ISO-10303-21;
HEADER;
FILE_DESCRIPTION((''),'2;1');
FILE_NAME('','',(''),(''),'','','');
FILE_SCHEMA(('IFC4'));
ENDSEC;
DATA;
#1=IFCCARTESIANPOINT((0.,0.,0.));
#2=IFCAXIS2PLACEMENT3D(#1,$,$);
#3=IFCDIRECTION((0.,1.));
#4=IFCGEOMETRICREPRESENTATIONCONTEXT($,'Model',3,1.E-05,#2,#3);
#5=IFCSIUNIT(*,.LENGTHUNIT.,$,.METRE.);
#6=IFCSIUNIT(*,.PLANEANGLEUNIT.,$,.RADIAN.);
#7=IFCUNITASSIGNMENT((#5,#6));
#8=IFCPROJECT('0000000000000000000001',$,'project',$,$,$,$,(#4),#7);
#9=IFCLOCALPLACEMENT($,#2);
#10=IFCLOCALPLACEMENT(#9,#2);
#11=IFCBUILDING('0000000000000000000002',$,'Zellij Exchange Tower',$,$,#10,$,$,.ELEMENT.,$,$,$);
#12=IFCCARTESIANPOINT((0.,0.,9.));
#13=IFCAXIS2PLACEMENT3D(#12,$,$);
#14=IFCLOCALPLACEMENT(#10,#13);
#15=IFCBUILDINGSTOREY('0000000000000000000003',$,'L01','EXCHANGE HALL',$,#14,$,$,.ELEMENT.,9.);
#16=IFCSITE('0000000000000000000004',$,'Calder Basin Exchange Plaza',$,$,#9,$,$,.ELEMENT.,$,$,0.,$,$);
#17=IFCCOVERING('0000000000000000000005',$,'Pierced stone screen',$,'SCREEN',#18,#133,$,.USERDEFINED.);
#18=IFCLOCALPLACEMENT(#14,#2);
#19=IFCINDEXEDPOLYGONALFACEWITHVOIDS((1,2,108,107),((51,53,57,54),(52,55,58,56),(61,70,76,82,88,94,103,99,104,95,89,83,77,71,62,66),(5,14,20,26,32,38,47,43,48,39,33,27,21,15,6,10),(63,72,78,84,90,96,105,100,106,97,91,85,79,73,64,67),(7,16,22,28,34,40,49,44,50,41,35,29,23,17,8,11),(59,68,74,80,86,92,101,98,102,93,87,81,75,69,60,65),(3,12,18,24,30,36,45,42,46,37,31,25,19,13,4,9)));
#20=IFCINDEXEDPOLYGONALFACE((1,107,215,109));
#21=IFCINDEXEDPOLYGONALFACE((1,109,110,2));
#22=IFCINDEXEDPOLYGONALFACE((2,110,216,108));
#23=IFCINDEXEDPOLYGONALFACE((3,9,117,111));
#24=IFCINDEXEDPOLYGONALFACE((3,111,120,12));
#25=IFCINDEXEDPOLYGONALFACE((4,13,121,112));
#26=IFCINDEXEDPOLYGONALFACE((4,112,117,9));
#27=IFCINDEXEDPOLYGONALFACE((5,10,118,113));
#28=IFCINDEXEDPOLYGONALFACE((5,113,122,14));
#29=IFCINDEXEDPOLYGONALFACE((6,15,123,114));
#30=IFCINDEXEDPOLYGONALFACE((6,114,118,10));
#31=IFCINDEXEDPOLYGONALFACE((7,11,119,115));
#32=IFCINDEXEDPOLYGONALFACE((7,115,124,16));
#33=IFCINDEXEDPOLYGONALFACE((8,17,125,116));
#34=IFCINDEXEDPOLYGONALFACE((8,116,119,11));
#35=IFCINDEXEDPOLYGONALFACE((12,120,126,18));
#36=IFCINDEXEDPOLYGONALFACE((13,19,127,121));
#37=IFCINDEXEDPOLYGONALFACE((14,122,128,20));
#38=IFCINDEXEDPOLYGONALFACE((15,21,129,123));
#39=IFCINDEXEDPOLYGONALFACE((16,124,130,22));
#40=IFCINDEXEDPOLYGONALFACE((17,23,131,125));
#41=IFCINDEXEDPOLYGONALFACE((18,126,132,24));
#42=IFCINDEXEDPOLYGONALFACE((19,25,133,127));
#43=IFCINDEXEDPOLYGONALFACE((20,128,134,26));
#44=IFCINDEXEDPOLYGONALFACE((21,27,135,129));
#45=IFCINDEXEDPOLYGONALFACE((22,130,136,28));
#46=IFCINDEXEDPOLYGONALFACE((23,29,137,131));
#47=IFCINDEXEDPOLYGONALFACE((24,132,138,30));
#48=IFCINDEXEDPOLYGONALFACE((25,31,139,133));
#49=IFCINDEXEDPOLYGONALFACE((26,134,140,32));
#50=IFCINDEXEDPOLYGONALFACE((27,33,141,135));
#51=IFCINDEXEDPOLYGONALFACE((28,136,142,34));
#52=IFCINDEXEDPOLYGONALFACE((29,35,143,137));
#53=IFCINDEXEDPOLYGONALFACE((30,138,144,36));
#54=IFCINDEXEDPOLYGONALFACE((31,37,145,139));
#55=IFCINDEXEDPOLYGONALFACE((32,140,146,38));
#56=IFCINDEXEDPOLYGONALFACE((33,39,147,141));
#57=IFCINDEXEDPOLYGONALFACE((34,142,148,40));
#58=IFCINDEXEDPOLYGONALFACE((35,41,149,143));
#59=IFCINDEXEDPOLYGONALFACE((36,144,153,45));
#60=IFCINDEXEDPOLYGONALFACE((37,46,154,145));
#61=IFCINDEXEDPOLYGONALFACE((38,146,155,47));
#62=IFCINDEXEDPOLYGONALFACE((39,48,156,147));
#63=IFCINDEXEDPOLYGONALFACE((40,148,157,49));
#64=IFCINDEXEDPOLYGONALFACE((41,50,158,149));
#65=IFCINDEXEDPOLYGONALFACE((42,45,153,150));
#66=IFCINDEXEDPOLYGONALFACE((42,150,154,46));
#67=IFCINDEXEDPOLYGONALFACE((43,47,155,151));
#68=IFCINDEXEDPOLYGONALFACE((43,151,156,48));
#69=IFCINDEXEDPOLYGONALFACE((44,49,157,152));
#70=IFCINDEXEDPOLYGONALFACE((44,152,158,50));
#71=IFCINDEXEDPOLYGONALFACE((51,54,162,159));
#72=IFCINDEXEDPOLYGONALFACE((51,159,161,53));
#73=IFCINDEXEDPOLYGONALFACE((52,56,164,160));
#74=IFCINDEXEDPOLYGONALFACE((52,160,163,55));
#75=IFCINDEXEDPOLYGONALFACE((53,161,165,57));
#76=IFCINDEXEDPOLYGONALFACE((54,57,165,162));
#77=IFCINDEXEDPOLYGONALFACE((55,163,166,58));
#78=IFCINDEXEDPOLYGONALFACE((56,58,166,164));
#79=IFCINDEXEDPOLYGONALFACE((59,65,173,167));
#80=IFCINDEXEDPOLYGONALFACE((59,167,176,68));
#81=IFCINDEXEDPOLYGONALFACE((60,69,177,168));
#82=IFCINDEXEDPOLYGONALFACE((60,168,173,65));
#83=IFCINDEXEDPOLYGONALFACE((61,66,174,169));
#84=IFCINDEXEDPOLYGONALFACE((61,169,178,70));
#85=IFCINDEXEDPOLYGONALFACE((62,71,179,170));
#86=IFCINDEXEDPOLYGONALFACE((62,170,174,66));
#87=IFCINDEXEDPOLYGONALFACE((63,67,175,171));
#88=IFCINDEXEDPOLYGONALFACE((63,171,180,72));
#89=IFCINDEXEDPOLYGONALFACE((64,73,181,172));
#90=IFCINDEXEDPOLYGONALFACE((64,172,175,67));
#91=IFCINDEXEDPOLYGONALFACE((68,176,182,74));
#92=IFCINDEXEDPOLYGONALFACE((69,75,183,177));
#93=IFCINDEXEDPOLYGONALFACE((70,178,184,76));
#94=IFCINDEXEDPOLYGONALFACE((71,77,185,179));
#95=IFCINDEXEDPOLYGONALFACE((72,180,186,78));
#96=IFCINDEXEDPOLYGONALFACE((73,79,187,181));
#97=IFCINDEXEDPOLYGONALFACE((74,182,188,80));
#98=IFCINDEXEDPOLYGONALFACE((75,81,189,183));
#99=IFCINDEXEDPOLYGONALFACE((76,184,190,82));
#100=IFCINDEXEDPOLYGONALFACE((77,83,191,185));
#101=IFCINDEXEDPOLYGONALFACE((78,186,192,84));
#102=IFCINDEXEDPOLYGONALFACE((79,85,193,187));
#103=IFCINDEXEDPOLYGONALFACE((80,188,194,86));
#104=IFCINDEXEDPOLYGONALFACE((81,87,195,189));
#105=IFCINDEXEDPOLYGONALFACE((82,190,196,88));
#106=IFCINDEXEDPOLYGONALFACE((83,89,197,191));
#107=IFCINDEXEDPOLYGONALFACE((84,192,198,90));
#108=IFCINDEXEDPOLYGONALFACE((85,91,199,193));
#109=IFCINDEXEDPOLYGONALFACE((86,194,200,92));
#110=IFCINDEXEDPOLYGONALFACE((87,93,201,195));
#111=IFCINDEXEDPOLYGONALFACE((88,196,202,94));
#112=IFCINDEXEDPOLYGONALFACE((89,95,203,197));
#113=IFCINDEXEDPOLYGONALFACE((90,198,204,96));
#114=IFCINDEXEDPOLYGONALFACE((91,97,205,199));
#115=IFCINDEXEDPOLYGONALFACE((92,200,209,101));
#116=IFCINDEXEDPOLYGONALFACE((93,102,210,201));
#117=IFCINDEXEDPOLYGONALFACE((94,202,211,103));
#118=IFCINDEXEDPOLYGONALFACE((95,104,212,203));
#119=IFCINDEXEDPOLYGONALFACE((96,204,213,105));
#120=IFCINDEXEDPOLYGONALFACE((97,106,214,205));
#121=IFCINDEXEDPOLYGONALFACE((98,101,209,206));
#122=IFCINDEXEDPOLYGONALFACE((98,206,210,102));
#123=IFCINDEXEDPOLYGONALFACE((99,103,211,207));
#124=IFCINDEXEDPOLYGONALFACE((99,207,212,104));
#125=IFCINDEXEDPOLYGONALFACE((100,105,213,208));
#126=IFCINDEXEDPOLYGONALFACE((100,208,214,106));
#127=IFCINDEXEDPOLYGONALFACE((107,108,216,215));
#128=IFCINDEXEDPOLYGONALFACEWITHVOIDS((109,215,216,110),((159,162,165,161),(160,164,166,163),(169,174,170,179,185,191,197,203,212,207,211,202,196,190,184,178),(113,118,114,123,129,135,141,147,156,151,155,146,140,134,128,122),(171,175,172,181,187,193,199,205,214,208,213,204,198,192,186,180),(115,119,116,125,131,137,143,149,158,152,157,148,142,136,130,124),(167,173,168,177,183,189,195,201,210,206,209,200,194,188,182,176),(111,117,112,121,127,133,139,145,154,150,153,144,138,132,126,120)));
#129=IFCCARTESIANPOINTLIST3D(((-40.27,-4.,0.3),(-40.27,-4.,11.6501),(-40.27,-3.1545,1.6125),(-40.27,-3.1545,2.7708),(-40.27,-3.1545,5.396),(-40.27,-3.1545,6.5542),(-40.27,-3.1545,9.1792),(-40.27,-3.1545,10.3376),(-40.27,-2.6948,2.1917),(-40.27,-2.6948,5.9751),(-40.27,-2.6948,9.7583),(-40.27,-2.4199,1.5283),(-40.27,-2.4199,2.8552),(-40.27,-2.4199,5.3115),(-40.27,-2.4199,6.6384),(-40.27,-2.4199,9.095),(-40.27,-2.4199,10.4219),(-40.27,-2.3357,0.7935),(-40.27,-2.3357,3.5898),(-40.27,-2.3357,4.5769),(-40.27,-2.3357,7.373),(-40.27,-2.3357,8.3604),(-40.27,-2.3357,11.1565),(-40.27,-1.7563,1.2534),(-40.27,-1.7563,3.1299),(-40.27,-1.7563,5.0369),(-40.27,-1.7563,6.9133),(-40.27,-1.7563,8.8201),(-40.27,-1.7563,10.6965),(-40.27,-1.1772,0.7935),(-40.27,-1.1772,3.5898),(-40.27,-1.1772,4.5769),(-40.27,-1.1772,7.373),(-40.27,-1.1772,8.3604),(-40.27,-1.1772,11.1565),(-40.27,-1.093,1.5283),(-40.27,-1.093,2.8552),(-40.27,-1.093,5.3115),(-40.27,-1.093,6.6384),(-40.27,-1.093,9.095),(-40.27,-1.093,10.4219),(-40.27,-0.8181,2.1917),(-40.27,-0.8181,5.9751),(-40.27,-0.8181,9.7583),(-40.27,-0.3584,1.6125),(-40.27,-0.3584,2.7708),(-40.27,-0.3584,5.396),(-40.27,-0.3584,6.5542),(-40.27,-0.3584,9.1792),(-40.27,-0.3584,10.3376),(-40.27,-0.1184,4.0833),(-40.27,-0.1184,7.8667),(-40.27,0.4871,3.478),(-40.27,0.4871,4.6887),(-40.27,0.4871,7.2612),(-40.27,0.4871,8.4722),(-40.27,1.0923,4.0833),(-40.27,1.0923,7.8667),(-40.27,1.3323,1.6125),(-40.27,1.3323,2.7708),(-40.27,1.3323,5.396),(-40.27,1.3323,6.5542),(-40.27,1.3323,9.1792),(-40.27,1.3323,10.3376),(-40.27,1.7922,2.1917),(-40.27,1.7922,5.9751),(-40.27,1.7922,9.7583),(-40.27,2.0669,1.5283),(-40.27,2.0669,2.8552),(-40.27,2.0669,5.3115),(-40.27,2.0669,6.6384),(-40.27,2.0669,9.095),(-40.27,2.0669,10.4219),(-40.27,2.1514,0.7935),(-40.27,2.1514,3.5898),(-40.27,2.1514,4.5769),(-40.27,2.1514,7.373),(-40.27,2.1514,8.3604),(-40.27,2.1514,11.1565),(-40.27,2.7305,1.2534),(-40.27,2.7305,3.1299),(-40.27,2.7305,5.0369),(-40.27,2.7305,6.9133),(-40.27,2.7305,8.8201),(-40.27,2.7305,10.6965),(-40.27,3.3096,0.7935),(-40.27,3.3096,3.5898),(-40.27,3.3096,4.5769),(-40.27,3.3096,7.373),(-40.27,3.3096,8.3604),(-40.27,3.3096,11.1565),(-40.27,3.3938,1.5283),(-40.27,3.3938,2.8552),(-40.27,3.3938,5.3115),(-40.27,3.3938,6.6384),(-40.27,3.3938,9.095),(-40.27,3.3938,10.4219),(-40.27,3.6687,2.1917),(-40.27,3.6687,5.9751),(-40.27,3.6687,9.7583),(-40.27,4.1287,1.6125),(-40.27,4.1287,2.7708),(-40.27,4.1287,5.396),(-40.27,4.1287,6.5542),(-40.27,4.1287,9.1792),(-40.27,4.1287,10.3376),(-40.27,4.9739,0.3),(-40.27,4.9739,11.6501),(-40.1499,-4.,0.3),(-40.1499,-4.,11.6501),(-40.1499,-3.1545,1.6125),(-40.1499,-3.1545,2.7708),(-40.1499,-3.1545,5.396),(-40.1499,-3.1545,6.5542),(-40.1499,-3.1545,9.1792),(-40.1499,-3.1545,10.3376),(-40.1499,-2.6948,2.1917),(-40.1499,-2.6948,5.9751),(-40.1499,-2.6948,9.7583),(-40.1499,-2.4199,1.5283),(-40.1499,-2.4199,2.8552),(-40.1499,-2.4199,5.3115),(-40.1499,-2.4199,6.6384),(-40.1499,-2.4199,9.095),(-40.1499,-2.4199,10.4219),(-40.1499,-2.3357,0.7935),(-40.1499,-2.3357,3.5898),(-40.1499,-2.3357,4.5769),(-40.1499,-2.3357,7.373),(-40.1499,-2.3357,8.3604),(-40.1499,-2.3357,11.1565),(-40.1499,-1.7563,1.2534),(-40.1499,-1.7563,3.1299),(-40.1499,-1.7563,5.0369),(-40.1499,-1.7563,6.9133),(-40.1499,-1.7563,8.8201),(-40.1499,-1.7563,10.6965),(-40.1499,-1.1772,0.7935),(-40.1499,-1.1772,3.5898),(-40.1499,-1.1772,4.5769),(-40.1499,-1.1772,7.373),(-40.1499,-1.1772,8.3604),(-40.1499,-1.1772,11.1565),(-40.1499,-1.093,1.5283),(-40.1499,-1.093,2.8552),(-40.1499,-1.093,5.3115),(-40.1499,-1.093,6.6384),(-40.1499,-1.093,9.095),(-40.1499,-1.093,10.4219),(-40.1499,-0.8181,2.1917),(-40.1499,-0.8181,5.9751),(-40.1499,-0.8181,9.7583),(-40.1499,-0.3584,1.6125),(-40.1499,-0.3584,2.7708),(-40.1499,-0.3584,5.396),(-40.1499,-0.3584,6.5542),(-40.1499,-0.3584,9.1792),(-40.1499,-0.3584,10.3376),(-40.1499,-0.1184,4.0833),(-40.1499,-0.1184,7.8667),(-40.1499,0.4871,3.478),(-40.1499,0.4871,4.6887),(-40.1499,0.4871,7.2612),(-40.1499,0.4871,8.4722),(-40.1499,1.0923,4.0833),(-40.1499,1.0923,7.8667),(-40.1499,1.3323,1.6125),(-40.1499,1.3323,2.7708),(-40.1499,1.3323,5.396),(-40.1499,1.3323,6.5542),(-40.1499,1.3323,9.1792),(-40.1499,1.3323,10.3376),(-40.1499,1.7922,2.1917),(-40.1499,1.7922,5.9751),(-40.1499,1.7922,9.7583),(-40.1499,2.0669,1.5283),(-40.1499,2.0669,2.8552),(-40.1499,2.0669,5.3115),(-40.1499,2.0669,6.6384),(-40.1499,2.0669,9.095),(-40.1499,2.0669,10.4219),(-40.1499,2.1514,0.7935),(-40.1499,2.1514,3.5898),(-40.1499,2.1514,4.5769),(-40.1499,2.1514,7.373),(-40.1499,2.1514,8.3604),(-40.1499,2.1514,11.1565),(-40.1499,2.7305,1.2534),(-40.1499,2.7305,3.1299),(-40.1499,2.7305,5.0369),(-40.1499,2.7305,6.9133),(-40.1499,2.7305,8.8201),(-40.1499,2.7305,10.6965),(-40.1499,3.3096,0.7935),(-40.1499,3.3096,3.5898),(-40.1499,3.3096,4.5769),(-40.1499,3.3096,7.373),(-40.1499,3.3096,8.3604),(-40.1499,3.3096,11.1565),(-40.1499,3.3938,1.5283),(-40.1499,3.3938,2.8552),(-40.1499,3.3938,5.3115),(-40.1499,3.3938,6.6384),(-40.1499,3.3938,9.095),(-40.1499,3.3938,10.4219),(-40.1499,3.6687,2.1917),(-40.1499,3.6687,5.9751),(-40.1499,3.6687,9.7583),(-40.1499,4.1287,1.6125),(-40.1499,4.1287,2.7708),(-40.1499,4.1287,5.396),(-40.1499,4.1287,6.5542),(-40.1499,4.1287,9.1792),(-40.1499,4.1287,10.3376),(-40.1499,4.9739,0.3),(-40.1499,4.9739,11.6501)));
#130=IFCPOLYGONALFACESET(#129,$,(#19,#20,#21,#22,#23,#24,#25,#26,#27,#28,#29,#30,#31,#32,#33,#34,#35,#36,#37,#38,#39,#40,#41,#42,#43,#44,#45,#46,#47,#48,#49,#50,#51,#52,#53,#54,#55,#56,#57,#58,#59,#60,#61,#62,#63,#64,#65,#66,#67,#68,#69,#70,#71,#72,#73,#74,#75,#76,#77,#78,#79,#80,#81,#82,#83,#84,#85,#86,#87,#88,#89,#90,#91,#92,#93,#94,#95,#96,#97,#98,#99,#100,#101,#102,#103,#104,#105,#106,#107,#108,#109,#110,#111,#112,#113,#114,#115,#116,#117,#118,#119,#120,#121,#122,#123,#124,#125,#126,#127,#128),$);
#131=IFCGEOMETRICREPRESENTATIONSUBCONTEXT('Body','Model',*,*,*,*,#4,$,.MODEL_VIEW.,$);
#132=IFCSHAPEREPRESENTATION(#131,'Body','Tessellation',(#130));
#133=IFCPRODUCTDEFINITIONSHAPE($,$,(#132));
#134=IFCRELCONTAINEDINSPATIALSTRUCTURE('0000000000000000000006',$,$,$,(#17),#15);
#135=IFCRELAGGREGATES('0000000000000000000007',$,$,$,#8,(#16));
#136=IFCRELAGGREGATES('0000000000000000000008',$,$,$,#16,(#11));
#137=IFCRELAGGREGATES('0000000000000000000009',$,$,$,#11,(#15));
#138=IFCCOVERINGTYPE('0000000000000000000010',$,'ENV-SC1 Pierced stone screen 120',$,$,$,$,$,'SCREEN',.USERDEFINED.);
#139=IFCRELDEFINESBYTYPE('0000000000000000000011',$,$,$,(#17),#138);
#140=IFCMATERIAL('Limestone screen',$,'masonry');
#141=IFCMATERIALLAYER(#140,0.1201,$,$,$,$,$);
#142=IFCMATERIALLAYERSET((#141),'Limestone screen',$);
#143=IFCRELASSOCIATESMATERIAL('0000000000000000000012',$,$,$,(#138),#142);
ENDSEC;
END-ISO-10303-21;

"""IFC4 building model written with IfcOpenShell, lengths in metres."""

from ifc_helpers import new_model, si_unit, direction, frame, origin, place, context, subcontext, project, spatial, polyline, outline, extrude, material, layer, layer_set, type_object, element, save


model = new_model("IFC4")

# Units and contexts
model_context = context("Model", 3, precision=1e-05, world=origin(), true_north=direction((0.0, 1.0)))
body_context = subcontext(model_context, "Body", "Model", "MODEL_VIEW")
ifc_project = project(units=[si_unit("LENGTHUNIT", "METRE"), si_unit("PLANEANGLEUNIT", "RADIAN")], contexts=[model_context])

# Site, building, storey
site_placement = place(None, origin())
site = spatial("IfcSite", under=ifc_project, at=site_placement, Name="Calder Basin Exchange Plaza", CompositionType="ELEMENT", RefElevation=0.0)
building_placement = place(site_placement, origin())
building = spatial("IfcBuilding", under=site, at=building_placement, Name="Zellij Exchange Tower", CompositionType="ELEMENT")
storey_placement = place(building_placement, frame((0.0, 0.0, 9.0)))
storey = spatial("IfcBuildingStorey", under=building, at=storey_placement, Name="L01", Description="EXCHANGE HALL", CompositionType="ELEMENT", Elevation=9.0)

# Covering
ifc_material_1 = material(Name="Limestone screen", Category="masonry")
ifc_layer_1 = layer(ifc_material_1, 0.1201)
ifc_layer_set_1 = layer_set([ifc_layer_1], Name="Limestone screen")
covering_type = type_object("IfcCoveringType", Name="ENV-SC1 Pierced stone screen 120", ElementType="SCREEN", PredefinedType="USERDEFINED", material=ifc_layer_set_1)
covering_1_placement = place(storey_placement, frame((-40.21, 4.9739, 0.3), z_axis=(0.0, 0.0, 1.0), x_axis=(0.0, -1.0, 0.0)))
element("IfcCovering", 1, at=covering_1_placement, inside=storey, type_object=covering_type, Name="Pierced stone screen", ObjectType="SCREEN", PredefinedType="USERDEFINED", context=body_context, shape_type="SweptSolid", body=[
    extrude(outline(polyline([(0.0, 0.0), (8.9739, 0.0), (8.9739, 11.3501), (0.0, 11.3501), (0.0, 0.0)]), holes=[polyline([(3.6416, 2.4707), (2.907, 2.5552), (2.8225, 3.2898), (2.2434, 2.8298), (1.6643, 3.2898), (1.5801, 2.5552), (0.8452, 2.4707), (1.3052, 1.8916), (0.8452, 1.3125), (1.5801, 1.2283), (1.6643, 0.4934), (2.2434, 0.9534), (2.8225, 0.4934), (2.907, 1.2283), (3.6416, 1.3125), (3.1816, 1.8916), (3.6416, 2.4707)]), polyline([(3.6416, 6.2542), (2.907, 6.3384), (2.8225, 7.073), (2.2434, 6.6133), (1.6643, 7.073), (1.5801, 6.3384), (0.8452, 6.2542), (1.3052, 5.675), (0.8452, 5.0959), (1.5801, 5.0115), (1.6643, 4.2769), (2.2434, 4.7368), (2.8225, 4.2769), (2.907, 5.0115), (3.6416, 5.0959), (3.1816, 5.675), (3.6416, 6.2542)]), polyline([(3.6416, 10.0376), (2.907, 10.1218), (2.8225, 10.8564), (2.2434, 10.3965), (1.6643, 10.8564), (1.5801, 10.1218), (0.8452, 10.0376), (1.3052, 9.4583), (0.8452, 8.8792), (1.5801, 8.7949), (1.6643, 8.0603), (2.2434, 8.52), (2.8225, 8.0603), (2.907, 8.7949), (3.6416, 8.8792), (3.1816, 9.4583), (3.6416, 10.0376)]), polyline([(8.1284, 2.4707), (7.3938, 2.5552), (7.3096, 3.2898), (6.7302, 2.8298), (6.1511, 3.2898), (6.0669, 2.5552), (5.3323, 2.4707), (5.792, 1.8916), (5.3323, 1.3125), (6.0669, 1.2283), (6.1511, 0.4934), (6.7302, 0.9534), (7.3096, 0.4934), (7.3938, 1.2283), (8.1284, 1.3125), (7.6687, 1.8916), (8.1284, 2.4707)]), polyline([(8.1284, 6.2542), (7.3938, 6.3384), (7.3096, 7.073), (6.7302, 6.6133), (6.1511, 7.073), (6.0669, 6.3384), (5.3323, 6.2542), (5.792, 5.675), (5.3323, 5.0959), (6.0669, 5.0115), (6.1511, 4.2769), (6.7302, 4.7368), (7.3096, 4.2769), (7.3938, 5.0115), (8.1284, 5.0959), (7.6687, 5.675), (8.1284, 6.2542)]), polyline([(8.1284, 10.0376), (7.3938, 10.1218), (7.3096, 10.8564), (6.7302, 10.3965), (6.1511, 10.8564), (6.0669, 10.1218), (5.3323, 10.0376), (5.792, 9.4583), (5.3323, 8.8792), (6.0669, 8.7949), (6.1511, 8.0603), (6.7302, 8.52), (7.3096, 8.0603), (7.3938, 8.7949), (8.1284, 8.8792), (7.6687, 9.4583), (8.1284, 10.0376)]), polyline([(5.0923, 3.7832), (4.4868, 4.3887), (3.8816, 3.7832), (4.4868, 3.178), (5.0923, 3.7832)]), polyline([(5.0923, 7.5667), (4.4868, 8.1721), (3.8816, 7.5667), (4.4868, 6.9612), (5.0923, 7.5667)])]), frame((0.0, 0.0601, 0.0), z_axis=(0.0, -1.0, 0.0), x_axis=(1.0, 0.0, 0.0)), (0.0, 0.0, 1.0), 0.1201),
])

save(model, "model.ifc")
